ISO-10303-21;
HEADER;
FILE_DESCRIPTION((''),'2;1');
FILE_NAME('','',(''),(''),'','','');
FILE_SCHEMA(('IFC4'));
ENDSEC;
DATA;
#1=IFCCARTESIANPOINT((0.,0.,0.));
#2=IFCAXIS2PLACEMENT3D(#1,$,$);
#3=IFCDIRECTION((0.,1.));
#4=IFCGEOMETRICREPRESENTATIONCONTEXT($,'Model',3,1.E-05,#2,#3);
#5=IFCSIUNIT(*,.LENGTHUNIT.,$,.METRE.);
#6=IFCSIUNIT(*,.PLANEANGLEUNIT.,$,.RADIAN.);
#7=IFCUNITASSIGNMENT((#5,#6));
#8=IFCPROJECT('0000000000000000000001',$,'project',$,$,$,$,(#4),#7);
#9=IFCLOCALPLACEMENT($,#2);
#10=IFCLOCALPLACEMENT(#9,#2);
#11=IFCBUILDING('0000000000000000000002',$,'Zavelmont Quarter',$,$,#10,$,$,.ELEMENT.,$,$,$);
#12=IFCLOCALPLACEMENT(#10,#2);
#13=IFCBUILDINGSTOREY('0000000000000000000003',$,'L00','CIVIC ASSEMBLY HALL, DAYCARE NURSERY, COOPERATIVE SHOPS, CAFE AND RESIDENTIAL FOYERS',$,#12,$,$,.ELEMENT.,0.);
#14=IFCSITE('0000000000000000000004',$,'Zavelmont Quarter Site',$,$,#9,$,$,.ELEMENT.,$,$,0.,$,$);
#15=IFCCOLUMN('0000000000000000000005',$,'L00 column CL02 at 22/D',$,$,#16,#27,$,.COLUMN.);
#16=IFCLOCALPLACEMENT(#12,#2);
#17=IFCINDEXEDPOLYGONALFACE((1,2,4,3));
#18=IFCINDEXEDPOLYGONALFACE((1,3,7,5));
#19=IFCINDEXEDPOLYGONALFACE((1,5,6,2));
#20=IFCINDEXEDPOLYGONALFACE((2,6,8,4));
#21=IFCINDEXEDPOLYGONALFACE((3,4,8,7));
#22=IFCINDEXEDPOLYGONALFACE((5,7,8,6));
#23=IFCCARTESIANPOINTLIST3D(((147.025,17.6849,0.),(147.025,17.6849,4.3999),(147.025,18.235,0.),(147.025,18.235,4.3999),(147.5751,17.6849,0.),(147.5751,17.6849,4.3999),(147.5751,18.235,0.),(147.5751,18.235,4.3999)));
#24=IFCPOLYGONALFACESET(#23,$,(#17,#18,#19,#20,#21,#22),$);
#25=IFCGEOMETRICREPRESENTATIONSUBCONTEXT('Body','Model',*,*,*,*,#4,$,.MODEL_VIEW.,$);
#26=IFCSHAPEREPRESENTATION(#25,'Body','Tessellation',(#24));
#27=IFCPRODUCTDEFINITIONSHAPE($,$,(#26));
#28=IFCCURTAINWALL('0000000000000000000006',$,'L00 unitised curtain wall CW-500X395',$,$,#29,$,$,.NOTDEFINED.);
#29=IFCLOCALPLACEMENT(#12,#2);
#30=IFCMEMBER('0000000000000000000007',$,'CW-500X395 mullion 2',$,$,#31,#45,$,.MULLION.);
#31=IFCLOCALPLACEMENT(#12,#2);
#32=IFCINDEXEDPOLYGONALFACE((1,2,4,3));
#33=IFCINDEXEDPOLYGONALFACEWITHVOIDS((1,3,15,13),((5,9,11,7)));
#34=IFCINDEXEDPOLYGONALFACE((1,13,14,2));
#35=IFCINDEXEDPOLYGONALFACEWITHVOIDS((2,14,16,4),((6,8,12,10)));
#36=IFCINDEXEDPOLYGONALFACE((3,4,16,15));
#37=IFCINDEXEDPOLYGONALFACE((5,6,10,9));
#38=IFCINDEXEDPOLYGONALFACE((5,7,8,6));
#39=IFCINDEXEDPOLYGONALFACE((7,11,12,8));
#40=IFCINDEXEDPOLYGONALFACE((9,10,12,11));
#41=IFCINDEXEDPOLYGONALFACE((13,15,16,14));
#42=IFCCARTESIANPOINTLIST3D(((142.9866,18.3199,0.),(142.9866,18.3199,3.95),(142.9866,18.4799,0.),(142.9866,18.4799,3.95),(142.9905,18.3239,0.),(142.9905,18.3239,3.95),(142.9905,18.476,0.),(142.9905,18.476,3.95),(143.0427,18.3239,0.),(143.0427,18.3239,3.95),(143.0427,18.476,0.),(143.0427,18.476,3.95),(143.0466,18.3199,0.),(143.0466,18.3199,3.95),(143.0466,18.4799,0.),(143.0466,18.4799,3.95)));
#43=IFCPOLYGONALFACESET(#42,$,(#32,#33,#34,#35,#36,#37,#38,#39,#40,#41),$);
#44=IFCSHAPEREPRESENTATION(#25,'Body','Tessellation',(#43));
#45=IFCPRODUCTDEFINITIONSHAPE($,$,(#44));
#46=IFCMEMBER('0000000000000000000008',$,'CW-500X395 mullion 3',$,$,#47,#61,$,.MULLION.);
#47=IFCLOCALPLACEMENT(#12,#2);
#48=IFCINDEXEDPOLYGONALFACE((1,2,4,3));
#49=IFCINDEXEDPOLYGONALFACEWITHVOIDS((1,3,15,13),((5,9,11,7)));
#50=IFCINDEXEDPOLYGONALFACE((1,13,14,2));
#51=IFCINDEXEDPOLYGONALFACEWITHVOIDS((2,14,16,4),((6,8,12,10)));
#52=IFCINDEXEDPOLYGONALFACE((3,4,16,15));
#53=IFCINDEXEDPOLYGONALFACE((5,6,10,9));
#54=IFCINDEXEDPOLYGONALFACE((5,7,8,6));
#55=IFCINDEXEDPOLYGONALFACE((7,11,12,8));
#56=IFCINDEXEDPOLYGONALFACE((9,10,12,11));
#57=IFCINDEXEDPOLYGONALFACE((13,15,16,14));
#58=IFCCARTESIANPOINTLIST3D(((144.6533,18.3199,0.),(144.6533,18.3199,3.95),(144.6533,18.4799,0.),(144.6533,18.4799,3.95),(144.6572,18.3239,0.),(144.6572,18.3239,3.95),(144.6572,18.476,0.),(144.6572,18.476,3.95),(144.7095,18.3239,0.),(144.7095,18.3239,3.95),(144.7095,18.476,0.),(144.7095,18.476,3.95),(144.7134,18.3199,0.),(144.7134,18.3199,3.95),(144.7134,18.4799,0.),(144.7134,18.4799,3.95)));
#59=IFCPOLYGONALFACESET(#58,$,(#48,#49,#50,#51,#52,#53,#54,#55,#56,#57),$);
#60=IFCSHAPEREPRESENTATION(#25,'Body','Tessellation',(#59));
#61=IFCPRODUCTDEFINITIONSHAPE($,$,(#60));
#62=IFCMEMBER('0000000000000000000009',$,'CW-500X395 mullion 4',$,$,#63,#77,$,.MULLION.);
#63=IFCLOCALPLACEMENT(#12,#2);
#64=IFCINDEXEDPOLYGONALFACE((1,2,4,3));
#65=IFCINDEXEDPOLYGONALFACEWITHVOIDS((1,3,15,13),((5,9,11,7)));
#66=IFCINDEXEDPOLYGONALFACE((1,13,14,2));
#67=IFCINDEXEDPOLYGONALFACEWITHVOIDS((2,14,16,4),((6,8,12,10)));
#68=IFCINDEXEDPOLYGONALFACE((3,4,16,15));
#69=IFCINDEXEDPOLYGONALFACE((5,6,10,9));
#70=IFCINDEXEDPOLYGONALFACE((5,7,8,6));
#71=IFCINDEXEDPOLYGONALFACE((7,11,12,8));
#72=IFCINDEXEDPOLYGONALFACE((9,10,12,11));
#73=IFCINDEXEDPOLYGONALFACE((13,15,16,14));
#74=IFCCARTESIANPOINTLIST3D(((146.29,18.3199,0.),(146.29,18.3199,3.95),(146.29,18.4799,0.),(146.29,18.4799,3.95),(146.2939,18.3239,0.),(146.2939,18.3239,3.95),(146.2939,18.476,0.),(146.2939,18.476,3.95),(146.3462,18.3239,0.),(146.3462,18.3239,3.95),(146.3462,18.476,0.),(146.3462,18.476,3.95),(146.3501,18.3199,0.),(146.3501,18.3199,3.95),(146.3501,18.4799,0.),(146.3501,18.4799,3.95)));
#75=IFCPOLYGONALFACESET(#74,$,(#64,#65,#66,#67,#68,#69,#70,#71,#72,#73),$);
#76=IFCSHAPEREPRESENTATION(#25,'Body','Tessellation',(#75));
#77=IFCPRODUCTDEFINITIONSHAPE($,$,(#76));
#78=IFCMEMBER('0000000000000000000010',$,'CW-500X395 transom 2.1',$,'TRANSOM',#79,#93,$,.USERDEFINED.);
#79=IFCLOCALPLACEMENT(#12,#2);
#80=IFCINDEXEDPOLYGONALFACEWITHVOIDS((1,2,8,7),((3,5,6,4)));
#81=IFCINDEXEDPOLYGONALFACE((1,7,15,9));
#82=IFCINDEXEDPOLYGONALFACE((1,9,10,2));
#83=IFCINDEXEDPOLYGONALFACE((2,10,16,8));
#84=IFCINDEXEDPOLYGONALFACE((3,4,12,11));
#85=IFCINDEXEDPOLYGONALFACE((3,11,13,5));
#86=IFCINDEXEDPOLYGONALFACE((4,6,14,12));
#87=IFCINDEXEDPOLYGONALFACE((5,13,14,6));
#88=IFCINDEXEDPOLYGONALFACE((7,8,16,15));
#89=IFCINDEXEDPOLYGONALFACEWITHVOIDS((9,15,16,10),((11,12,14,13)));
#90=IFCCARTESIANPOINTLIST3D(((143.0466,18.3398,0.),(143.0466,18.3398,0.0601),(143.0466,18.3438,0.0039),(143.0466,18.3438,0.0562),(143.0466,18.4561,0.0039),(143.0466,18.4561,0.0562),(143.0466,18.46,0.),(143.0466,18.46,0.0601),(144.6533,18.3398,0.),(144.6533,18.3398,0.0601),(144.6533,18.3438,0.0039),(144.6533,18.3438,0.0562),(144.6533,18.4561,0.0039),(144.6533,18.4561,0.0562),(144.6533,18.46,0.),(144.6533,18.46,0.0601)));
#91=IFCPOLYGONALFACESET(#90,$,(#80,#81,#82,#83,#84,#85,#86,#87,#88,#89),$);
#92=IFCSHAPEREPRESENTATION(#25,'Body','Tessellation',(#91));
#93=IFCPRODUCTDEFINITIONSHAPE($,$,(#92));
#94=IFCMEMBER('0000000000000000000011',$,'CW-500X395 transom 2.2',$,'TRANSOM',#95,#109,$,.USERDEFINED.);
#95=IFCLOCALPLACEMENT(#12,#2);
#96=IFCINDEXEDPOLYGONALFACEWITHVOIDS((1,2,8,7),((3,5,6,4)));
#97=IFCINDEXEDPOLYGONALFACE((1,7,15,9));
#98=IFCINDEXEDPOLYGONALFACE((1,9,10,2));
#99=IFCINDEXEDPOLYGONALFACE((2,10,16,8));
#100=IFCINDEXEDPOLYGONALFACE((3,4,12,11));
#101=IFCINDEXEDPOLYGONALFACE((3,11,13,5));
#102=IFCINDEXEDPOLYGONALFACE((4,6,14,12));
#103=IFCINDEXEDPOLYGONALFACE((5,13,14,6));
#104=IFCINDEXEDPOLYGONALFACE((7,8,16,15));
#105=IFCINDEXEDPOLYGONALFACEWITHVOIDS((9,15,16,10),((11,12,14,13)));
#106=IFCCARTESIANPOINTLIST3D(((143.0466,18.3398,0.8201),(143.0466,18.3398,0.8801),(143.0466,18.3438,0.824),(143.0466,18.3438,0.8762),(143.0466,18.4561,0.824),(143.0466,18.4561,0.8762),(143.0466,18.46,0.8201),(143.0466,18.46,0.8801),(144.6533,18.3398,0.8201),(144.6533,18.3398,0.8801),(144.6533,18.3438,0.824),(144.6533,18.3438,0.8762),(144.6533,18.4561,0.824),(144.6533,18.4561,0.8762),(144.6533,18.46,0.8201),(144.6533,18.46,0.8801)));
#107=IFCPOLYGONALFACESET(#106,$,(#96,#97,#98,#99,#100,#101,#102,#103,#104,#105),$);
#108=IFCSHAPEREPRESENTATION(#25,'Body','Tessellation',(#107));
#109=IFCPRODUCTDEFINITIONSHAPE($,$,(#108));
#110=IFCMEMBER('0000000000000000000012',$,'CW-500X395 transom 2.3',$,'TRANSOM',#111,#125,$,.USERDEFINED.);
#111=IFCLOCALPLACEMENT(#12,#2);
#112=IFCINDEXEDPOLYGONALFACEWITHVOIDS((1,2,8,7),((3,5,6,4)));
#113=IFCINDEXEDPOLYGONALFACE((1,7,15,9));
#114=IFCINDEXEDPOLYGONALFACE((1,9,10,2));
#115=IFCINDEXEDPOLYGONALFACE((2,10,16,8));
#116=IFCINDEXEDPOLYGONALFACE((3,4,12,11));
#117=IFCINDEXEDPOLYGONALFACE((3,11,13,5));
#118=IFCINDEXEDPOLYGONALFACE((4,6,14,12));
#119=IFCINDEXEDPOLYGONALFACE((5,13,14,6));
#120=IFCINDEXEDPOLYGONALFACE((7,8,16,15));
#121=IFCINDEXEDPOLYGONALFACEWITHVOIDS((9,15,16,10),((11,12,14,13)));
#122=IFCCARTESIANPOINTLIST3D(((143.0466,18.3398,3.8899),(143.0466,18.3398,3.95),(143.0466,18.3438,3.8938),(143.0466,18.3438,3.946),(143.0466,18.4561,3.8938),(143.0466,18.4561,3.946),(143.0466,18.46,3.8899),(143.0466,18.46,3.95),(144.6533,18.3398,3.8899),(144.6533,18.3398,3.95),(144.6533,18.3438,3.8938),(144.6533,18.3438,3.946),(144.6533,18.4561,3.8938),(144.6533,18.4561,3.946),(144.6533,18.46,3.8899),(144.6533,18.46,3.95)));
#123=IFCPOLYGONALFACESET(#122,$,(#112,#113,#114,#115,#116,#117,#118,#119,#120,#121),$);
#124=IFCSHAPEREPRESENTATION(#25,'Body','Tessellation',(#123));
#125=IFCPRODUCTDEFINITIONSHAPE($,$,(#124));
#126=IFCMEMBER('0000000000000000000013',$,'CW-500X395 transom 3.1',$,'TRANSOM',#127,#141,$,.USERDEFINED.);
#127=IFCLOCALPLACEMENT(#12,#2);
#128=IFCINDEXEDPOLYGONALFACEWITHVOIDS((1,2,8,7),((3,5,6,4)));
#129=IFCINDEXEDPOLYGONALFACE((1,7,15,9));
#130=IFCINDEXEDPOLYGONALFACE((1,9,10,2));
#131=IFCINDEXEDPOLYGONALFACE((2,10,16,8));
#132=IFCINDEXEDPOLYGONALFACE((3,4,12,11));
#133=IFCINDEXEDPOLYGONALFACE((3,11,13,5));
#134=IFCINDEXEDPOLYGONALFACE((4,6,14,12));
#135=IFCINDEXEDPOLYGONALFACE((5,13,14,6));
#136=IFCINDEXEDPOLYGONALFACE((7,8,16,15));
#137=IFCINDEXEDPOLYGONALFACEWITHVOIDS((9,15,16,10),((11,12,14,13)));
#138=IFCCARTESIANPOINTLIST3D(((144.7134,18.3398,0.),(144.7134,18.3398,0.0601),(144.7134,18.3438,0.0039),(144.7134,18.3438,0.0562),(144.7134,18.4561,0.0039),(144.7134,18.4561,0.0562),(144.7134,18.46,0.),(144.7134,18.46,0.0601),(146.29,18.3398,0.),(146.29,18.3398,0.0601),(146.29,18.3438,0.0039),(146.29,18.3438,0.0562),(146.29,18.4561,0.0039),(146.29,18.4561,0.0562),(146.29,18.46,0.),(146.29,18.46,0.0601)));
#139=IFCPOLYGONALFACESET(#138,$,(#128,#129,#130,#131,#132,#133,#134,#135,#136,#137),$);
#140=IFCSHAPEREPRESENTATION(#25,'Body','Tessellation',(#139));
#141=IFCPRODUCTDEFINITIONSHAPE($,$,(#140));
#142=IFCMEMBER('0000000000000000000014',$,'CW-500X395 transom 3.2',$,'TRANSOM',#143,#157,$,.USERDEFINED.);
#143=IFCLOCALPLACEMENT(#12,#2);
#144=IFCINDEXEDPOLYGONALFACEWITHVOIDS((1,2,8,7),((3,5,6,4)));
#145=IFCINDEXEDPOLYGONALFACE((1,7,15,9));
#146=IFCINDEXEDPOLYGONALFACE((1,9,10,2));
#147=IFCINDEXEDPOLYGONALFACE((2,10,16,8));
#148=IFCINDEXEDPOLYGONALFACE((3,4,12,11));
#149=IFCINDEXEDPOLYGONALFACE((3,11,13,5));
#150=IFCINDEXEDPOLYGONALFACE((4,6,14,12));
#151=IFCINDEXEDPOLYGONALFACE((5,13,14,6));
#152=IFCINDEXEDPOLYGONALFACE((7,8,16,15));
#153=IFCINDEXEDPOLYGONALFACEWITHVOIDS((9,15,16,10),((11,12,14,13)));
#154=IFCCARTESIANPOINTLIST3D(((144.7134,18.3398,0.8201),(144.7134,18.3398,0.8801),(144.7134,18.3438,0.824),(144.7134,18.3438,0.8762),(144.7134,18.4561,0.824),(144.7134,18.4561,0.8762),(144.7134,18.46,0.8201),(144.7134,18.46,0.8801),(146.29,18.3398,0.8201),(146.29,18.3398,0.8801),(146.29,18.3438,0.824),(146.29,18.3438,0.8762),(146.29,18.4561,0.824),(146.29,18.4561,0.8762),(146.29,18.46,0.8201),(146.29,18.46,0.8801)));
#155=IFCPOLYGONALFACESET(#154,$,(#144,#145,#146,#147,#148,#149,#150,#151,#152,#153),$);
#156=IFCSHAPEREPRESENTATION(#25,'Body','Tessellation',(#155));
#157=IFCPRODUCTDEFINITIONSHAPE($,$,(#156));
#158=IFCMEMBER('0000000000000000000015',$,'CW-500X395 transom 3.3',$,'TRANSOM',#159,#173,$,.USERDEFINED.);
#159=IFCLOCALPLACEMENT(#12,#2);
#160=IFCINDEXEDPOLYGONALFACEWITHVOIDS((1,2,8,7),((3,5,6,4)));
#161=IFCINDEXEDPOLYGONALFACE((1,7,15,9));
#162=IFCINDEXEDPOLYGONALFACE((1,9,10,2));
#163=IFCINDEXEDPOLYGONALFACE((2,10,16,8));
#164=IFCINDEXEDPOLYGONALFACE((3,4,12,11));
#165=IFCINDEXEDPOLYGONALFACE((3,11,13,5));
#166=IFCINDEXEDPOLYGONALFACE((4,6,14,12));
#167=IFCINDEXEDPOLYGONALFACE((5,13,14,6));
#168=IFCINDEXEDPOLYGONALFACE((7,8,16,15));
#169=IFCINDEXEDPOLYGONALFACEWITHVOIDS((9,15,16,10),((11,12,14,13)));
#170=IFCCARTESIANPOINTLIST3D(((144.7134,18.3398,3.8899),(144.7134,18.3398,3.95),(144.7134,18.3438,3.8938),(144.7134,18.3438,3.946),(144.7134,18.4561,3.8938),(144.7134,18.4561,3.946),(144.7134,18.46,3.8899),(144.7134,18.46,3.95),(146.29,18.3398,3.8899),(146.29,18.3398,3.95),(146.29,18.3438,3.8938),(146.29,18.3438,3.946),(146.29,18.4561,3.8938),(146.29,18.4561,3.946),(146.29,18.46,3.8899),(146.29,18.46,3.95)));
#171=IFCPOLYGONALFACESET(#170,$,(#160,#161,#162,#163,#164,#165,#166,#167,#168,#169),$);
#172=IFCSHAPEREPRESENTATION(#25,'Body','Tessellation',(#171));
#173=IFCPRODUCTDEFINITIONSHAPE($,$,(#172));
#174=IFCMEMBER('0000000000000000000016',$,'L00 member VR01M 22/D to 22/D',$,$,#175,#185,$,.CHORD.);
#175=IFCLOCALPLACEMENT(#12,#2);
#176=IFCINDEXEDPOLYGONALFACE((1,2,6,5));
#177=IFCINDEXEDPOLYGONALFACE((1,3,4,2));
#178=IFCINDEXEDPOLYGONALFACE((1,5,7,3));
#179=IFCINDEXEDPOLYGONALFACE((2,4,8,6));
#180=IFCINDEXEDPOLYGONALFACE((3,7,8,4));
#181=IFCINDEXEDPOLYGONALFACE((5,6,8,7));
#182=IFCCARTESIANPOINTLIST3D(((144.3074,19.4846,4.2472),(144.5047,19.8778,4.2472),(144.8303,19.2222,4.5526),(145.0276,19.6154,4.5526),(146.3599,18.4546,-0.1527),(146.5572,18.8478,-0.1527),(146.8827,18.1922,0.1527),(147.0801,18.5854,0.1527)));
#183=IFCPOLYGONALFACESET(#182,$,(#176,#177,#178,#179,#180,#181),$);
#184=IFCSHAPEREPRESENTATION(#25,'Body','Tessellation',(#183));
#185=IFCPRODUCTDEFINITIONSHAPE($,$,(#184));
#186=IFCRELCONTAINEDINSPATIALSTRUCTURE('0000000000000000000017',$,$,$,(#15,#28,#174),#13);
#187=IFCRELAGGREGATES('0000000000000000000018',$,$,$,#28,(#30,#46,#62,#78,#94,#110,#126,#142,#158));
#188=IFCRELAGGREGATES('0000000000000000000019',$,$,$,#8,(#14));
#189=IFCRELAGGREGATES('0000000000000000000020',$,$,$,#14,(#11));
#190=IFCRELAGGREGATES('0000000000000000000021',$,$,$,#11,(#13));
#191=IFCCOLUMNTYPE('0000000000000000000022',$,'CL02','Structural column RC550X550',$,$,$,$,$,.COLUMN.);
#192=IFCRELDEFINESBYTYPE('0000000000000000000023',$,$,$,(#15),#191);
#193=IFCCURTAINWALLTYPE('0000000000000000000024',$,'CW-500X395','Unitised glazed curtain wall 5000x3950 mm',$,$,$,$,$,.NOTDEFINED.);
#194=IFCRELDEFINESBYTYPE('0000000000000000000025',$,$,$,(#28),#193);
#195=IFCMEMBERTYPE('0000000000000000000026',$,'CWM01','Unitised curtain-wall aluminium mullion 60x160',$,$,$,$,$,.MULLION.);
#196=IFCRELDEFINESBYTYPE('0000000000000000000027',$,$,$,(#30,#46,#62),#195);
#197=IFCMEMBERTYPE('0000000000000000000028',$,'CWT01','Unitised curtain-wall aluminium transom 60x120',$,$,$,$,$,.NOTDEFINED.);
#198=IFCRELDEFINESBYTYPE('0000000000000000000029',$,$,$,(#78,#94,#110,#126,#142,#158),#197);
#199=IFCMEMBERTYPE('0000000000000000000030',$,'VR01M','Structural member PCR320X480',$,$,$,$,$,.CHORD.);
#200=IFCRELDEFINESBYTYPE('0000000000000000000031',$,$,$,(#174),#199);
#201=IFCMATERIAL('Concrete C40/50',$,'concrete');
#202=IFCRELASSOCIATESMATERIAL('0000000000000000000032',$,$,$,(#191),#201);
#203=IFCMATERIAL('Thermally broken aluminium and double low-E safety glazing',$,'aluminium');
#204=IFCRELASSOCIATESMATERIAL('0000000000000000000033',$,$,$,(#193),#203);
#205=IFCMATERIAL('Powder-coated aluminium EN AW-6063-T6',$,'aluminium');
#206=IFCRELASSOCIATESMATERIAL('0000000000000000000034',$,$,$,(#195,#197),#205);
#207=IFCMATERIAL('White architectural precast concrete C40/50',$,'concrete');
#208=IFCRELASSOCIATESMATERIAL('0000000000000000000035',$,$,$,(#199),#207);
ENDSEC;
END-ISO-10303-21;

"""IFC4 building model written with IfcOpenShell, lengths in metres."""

from ifc_helpers import new_model, si_unit, direction, frame, origin, origin_2d, place, context, subcontext, project, spatial, rectangle, hollow_rectangle, extrude, material, material_profile, profile_set, type_object, element, aggregate, save


model = new_model("IFC4")

# Units and contexts
model_context = context("Model", 3, precision=1e-05, world=origin(), true_north=direction((0.0, 1.0)))
body_context = subcontext(model_context, "Body", "Model", "MODEL_VIEW")
ifc_project = project(units=[si_unit("LENGTHUNIT", "METRE"), si_unit("PLANEANGLEUNIT", "RADIAN")], contexts=[model_context])

# Site, building, storey
site_placement = place(None, origin())
site = spatial("IfcSite", under=ifc_project, at=site_placement, Name="Zavelmont Quarter Site", CompositionType="ELEMENT", RefElevation=0.0)
building_placement = place(site_placement, origin())
building = spatial("IfcBuilding", under=site, at=building_placement, Name="Zavelmont Quarter", CompositionType="ELEMENT")
storey_placement = place(building_placement, origin())
storey = spatial("IfcBuildingStorey", under=building, at=storey_placement, Name="L00", Description="CIVIC ASSEMBLY HALL, DAYCARE NURSERY, COOPERATIVE SHOPS, CAFE AND RESIDENTIAL FOYERS", CompositionType="ELEMENT", Elevation=0.0)

# Column
ifc_material_1 = material(Name="Concrete C40/50", Category="concrete")
ifc_material_profile_1 = material_profile(ifc_material_1, rectangle(XDim=0.55, YDim=0.55, at=origin_2d()), Name="RC550X550")
ifc_profile_set_1 = profile_set([ifc_material_profile_1], Name="Concrete C40/50")
column_type = type_object("IfcColumnType", Name="CL02", Description="Structural column RC550X550", PredefinedType="COLUMN", material=ifc_profile_set_1)
column_placement = place(storey_placement, frame((147.3, 17.96, 0.0), z_axis=(0.0, 0.0, 1.0), x_axis=(1.0, 0.0, 0.0)))
element("IfcColumn", 1, at=column_placement, inside=storey, type_object=column_type, Name="L00 column CL02 at 22/D", PredefinedType="COLUMN", context=body_context, shape_type="SweptSolid", body=[
    extrude(rectangle(XDim=0.55, YDim=0.55, at=origin_2d()), origin(), (0.0, 0.0, 1.0), 4.3999),
])

# Curtain wall, members
ifc_material_2 = material(Name="Thermally broken aluminium and double low-E safety glazing", Category="aluminium")
curtain_wall_type = type_object("IfcCurtainWallType", Name="CW-500X395", Description="Unitised glazed curtain wall 5000x3950 mm", PredefinedType="NOTDEFINED", material=ifc_material_2)
curtain_wall_placement = place(storey_placement, origin())
curtain_wall = element("IfcCurtainWall", 2, at=curtain_wall_placement, inside=storey, type_object=curtain_wall_type, Name="L00 unitised curtain wall CW-500X395", PredefinedType="NOTDEFINED")
ifc_material_3 = material(Name="Powder-coated aluminium EN AW-6063-T6", Category="aluminium")
ifc_material_profile_2 = material_profile(ifc_material_3, hollow_rectangle(XDim=0.0601, YDim=0.1599, WallThickness=0.0039, at=origin_2d()), Name="CWM60X160")
ifc_profile_set_2 = profile_set([ifc_material_profile_2], Name="Powder-coated aluminium EN AW-6063-T6")
member_type_1 = type_object("IfcMemberType", Name="CWM01", Description="Unitised curtain-wall aluminium mullion 60x160", PredefinedType="MULLION", material=ifc_profile_set_2)
member_1_placement = place(storey_placement, frame((143.0166, 18.3999, 0.0), z_axis=(0.0, 0.0, 1.0), x_axis=(1.0, 0.0, 0.0)))
member_1 = element("IfcMember", 3, at=member_1_placement, type_object=member_type_1, Name="CW-500X395 mullion 2", PredefinedType="MULLION", context=body_context, shape_type="SweptSolid", body=[
    extrude(hollow_rectangle(XDim=0.0601, YDim=0.1599, WallThickness=0.0039, at=origin_2d()), origin(), (0.0, 0.0, 1.0), 3.95),
])
member_2_placement = place(storey_placement, frame((144.6833, 18.3999, 0.0), z_axis=(0.0, 0.0, 1.0), x_axis=(1.0, 0.0, 0.0)))
member_2 = element("IfcMember", 4, at=member_2_placement, type_object=member_type_1, Name="CW-500X395 mullion 3", PredefinedType="MULLION", context=body_context, shape_type="SweptSolid", body=[
    extrude(hollow_rectangle(XDim=0.0601, YDim=0.1599, WallThickness=0.0039, at=origin_2d()), origin(), (0.0, 0.0, 1.0), 3.95),
])
member_3_placement = place(storey_placement, frame((146.3201, 18.3999, 0.0), z_axis=(0.0, 0.0, 1.0), x_axis=(1.0, 0.0, 0.0)))
member_3 = element("IfcMember", 5, at=member_3_placement, type_object=member_type_1, Name="CW-500X395 mullion 4", PredefinedType="MULLION", context=body_context, shape_type="SweptSolid", body=[
    extrude(hollow_rectangle(XDim=0.0601, YDim=0.1599, WallThickness=0.0039, at=origin_2d()), origin(), (0.0, 0.0, 1.0), 3.95),
])
ifc_material_profile_3 = material_profile(ifc_material_3, hollow_rectangle(XDim=0.1201, YDim=0.0601, WallThickness=0.0039, at=origin_2d()), Name="CWT60X120")
ifc_profile_set_3 = profile_set([ifc_material_profile_3], Name="Powder-coated aluminium EN AW-6063-T6")
member_type_2 = type_object("IfcMemberType", Name="CWT01", Description="Unitised curtain-wall aluminium transom 60x120", PredefinedType="NOTDEFINED", material=ifc_profile_set_3)
member_4_placement = place(storey_placement, frame((143.0466, 18.3999, 0.03), z_axis=(1.0, 0.0, 0.0), x_axis=(0.0, 1.0, 0.0)))
member_4 = element("IfcMember", 6, at=member_4_placement, type_object=member_type_2, Name="CW-500X395 transom 2.1", ObjectType="TRANSOM", PredefinedType="USERDEFINED", context=body_context, shape_type="SweptSolid", body=[
    extrude(hollow_rectangle(XDim=0.1201, YDim=0.0601, WallThickness=0.0039, at=origin_2d()), origin(), (0.0, 0.0, 1.0), 1.6067),
])
member_5_placement = place(storey_placement, frame((143.0466, 18.3999, 0.8501), z_axis=(1.0, 0.0, 0.0), x_axis=(0.0, 1.0, 0.0)))
member_5 = element("IfcMember", 7, at=member_5_placement, type_object=member_type_2, Name="CW-500X395 transom 2.2", ObjectType="TRANSOM", PredefinedType="USERDEFINED", context=body_context, shape_type="SweptSolid", body=[
    extrude(hollow_rectangle(XDim=0.1201, YDim=0.0601, WallThickness=0.0039, at=origin_2d()), origin(), (0.0, 0.0, 1.0), 1.6067),
])
member_6_placement = place(storey_placement, frame((143.0466, 18.3999, 3.9199), z_axis=(1.0, 0.0, 0.0), x_axis=(0.0, 1.0, 0.0)))
member_6 = element("IfcMember", 8, at=member_6_placement, type_object=member_type_2, Name="CW-500X395 transom 2.3", ObjectType="TRANSOM", PredefinedType="USERDEFINED", context=body_context, shape_type="SweptSolid", body=[
    extrude(hollow_rectangle(XDim=0.1201, YDim=0.0601, WallThickness=0.0039, at=origin_2d()), origin(), (0.0, 0.0, 1.0), 1.6067),
])
member_7_placement = place(storey_placement, frame((144.7134, 18.3999, 0.03), z_axis=(1.0, 0.0, 0.0), x_axis=(0.0, 1.0, 0.0)))
member_7 = element("IfcMember", 9, at=member_7_placement, type_object=member_type_2, Name="CW-500X395 transom 3.1", ObjectType="TRANSOM", PredefinedType="USERDEFINED", context=body_context, shape_type="SweptSolid", body=[
    extrude(hollow_rectangle(XDim=0.1201, YDim=0.0601, WallThickness=0.0039, at=origin_2d()), origin(), (0.0, 0.0, 1.0), 1.5767),
])
member_8_placement = place(storey_placement, frame((144.7134, 18.3999, 0.8501), z_axis=(1.0, 0.0, 0.0), x_axis=(0.0, 1.0, 0.0)))
member_8 = element("IfcMember", 10, at=member_8_placement, type_object=member_type_2, Name="CW-500X395 transom 3.2", ObjectType="TRANSOM", PredefinedType="USERDEFINED", context=body_context, shape_type="SweptSolid", body=[
    extrude(hollow_rectangle(XDim=0.1201, YDim=0.0601, WallThickness=0.0039, at=origin_2d()), origin(), (0.0, 0.0, 1.0), 1.5767),
])
member_9_placement = place(storey_placement, frame((144.7134, 18.3999, 3.9199), z_axis=(1.0, 0.0, 0.0), x_axis=(0.0, 1.0, 0.0)))
member_9 = element("IfcMember", 11, at=member_9_placement, type_object=member_type_2, Name="CW-500X395 transom 3.3", ObjectType="TRANSOM", PredefinedType="USERDEFINED", context=body_context, shape_type="SweptSolid", body=[
    extrude(hollow_rectangle(XDim=0.1201, YDim=0.0601, WallThickness=0.0039, at=origin_2d()), origin(), (0.0, 0.0, 1.0), 1.5767),
])

# Member
ifc_material_4 = material(Name="White architectural precast concrete C40/50", Category="concrete")
ifc_material_profile_4 = material_profile(ifc_material_4, rectangle(XDim=0.4399, YDim=0.6599, at=origin_2d()), Name="PCR320X480")
ifc_profile_set_4 = profile_set([ifc_material_profile_4], Name="White architectural precast concrete C40/50")
member_type_3 = type_object("IfcMemberType", Name="VR01M", Description="Structural member PCR320X480", PredefinedType="CHORD", material=ifc_profile_set_4)
for number, where, z_axis, x_axis, name in (
    (12, (146.72, 18.52, 0.0), (-0.413546, 0.207536, 0.886515), (-0.448531, -0.893767, 0.0), "L00 member VR01M 22/D to 22/D"),
):
    element("IfcMember", number, at=place(storey_placement, frame(where, z_axis=z_axis, x_axis=x_axis)), inside=storey, type_object=member_type_3, Name=name, PredefinedType="CHORD", context=body_context, shape_type="SweptSolid", body=[
        extrude(rectangle(XDim=0.4399, YDim=0.6599, at=origin_2d()), origin(), (0.0, 0.0, 1.0), 4.9631),
    ])

aggregate(curtain_wall, [member_1, member_2, member_3, member_4, member_5, member_6, member_7, member_8, member_9])

save(model, "model.ifc")
